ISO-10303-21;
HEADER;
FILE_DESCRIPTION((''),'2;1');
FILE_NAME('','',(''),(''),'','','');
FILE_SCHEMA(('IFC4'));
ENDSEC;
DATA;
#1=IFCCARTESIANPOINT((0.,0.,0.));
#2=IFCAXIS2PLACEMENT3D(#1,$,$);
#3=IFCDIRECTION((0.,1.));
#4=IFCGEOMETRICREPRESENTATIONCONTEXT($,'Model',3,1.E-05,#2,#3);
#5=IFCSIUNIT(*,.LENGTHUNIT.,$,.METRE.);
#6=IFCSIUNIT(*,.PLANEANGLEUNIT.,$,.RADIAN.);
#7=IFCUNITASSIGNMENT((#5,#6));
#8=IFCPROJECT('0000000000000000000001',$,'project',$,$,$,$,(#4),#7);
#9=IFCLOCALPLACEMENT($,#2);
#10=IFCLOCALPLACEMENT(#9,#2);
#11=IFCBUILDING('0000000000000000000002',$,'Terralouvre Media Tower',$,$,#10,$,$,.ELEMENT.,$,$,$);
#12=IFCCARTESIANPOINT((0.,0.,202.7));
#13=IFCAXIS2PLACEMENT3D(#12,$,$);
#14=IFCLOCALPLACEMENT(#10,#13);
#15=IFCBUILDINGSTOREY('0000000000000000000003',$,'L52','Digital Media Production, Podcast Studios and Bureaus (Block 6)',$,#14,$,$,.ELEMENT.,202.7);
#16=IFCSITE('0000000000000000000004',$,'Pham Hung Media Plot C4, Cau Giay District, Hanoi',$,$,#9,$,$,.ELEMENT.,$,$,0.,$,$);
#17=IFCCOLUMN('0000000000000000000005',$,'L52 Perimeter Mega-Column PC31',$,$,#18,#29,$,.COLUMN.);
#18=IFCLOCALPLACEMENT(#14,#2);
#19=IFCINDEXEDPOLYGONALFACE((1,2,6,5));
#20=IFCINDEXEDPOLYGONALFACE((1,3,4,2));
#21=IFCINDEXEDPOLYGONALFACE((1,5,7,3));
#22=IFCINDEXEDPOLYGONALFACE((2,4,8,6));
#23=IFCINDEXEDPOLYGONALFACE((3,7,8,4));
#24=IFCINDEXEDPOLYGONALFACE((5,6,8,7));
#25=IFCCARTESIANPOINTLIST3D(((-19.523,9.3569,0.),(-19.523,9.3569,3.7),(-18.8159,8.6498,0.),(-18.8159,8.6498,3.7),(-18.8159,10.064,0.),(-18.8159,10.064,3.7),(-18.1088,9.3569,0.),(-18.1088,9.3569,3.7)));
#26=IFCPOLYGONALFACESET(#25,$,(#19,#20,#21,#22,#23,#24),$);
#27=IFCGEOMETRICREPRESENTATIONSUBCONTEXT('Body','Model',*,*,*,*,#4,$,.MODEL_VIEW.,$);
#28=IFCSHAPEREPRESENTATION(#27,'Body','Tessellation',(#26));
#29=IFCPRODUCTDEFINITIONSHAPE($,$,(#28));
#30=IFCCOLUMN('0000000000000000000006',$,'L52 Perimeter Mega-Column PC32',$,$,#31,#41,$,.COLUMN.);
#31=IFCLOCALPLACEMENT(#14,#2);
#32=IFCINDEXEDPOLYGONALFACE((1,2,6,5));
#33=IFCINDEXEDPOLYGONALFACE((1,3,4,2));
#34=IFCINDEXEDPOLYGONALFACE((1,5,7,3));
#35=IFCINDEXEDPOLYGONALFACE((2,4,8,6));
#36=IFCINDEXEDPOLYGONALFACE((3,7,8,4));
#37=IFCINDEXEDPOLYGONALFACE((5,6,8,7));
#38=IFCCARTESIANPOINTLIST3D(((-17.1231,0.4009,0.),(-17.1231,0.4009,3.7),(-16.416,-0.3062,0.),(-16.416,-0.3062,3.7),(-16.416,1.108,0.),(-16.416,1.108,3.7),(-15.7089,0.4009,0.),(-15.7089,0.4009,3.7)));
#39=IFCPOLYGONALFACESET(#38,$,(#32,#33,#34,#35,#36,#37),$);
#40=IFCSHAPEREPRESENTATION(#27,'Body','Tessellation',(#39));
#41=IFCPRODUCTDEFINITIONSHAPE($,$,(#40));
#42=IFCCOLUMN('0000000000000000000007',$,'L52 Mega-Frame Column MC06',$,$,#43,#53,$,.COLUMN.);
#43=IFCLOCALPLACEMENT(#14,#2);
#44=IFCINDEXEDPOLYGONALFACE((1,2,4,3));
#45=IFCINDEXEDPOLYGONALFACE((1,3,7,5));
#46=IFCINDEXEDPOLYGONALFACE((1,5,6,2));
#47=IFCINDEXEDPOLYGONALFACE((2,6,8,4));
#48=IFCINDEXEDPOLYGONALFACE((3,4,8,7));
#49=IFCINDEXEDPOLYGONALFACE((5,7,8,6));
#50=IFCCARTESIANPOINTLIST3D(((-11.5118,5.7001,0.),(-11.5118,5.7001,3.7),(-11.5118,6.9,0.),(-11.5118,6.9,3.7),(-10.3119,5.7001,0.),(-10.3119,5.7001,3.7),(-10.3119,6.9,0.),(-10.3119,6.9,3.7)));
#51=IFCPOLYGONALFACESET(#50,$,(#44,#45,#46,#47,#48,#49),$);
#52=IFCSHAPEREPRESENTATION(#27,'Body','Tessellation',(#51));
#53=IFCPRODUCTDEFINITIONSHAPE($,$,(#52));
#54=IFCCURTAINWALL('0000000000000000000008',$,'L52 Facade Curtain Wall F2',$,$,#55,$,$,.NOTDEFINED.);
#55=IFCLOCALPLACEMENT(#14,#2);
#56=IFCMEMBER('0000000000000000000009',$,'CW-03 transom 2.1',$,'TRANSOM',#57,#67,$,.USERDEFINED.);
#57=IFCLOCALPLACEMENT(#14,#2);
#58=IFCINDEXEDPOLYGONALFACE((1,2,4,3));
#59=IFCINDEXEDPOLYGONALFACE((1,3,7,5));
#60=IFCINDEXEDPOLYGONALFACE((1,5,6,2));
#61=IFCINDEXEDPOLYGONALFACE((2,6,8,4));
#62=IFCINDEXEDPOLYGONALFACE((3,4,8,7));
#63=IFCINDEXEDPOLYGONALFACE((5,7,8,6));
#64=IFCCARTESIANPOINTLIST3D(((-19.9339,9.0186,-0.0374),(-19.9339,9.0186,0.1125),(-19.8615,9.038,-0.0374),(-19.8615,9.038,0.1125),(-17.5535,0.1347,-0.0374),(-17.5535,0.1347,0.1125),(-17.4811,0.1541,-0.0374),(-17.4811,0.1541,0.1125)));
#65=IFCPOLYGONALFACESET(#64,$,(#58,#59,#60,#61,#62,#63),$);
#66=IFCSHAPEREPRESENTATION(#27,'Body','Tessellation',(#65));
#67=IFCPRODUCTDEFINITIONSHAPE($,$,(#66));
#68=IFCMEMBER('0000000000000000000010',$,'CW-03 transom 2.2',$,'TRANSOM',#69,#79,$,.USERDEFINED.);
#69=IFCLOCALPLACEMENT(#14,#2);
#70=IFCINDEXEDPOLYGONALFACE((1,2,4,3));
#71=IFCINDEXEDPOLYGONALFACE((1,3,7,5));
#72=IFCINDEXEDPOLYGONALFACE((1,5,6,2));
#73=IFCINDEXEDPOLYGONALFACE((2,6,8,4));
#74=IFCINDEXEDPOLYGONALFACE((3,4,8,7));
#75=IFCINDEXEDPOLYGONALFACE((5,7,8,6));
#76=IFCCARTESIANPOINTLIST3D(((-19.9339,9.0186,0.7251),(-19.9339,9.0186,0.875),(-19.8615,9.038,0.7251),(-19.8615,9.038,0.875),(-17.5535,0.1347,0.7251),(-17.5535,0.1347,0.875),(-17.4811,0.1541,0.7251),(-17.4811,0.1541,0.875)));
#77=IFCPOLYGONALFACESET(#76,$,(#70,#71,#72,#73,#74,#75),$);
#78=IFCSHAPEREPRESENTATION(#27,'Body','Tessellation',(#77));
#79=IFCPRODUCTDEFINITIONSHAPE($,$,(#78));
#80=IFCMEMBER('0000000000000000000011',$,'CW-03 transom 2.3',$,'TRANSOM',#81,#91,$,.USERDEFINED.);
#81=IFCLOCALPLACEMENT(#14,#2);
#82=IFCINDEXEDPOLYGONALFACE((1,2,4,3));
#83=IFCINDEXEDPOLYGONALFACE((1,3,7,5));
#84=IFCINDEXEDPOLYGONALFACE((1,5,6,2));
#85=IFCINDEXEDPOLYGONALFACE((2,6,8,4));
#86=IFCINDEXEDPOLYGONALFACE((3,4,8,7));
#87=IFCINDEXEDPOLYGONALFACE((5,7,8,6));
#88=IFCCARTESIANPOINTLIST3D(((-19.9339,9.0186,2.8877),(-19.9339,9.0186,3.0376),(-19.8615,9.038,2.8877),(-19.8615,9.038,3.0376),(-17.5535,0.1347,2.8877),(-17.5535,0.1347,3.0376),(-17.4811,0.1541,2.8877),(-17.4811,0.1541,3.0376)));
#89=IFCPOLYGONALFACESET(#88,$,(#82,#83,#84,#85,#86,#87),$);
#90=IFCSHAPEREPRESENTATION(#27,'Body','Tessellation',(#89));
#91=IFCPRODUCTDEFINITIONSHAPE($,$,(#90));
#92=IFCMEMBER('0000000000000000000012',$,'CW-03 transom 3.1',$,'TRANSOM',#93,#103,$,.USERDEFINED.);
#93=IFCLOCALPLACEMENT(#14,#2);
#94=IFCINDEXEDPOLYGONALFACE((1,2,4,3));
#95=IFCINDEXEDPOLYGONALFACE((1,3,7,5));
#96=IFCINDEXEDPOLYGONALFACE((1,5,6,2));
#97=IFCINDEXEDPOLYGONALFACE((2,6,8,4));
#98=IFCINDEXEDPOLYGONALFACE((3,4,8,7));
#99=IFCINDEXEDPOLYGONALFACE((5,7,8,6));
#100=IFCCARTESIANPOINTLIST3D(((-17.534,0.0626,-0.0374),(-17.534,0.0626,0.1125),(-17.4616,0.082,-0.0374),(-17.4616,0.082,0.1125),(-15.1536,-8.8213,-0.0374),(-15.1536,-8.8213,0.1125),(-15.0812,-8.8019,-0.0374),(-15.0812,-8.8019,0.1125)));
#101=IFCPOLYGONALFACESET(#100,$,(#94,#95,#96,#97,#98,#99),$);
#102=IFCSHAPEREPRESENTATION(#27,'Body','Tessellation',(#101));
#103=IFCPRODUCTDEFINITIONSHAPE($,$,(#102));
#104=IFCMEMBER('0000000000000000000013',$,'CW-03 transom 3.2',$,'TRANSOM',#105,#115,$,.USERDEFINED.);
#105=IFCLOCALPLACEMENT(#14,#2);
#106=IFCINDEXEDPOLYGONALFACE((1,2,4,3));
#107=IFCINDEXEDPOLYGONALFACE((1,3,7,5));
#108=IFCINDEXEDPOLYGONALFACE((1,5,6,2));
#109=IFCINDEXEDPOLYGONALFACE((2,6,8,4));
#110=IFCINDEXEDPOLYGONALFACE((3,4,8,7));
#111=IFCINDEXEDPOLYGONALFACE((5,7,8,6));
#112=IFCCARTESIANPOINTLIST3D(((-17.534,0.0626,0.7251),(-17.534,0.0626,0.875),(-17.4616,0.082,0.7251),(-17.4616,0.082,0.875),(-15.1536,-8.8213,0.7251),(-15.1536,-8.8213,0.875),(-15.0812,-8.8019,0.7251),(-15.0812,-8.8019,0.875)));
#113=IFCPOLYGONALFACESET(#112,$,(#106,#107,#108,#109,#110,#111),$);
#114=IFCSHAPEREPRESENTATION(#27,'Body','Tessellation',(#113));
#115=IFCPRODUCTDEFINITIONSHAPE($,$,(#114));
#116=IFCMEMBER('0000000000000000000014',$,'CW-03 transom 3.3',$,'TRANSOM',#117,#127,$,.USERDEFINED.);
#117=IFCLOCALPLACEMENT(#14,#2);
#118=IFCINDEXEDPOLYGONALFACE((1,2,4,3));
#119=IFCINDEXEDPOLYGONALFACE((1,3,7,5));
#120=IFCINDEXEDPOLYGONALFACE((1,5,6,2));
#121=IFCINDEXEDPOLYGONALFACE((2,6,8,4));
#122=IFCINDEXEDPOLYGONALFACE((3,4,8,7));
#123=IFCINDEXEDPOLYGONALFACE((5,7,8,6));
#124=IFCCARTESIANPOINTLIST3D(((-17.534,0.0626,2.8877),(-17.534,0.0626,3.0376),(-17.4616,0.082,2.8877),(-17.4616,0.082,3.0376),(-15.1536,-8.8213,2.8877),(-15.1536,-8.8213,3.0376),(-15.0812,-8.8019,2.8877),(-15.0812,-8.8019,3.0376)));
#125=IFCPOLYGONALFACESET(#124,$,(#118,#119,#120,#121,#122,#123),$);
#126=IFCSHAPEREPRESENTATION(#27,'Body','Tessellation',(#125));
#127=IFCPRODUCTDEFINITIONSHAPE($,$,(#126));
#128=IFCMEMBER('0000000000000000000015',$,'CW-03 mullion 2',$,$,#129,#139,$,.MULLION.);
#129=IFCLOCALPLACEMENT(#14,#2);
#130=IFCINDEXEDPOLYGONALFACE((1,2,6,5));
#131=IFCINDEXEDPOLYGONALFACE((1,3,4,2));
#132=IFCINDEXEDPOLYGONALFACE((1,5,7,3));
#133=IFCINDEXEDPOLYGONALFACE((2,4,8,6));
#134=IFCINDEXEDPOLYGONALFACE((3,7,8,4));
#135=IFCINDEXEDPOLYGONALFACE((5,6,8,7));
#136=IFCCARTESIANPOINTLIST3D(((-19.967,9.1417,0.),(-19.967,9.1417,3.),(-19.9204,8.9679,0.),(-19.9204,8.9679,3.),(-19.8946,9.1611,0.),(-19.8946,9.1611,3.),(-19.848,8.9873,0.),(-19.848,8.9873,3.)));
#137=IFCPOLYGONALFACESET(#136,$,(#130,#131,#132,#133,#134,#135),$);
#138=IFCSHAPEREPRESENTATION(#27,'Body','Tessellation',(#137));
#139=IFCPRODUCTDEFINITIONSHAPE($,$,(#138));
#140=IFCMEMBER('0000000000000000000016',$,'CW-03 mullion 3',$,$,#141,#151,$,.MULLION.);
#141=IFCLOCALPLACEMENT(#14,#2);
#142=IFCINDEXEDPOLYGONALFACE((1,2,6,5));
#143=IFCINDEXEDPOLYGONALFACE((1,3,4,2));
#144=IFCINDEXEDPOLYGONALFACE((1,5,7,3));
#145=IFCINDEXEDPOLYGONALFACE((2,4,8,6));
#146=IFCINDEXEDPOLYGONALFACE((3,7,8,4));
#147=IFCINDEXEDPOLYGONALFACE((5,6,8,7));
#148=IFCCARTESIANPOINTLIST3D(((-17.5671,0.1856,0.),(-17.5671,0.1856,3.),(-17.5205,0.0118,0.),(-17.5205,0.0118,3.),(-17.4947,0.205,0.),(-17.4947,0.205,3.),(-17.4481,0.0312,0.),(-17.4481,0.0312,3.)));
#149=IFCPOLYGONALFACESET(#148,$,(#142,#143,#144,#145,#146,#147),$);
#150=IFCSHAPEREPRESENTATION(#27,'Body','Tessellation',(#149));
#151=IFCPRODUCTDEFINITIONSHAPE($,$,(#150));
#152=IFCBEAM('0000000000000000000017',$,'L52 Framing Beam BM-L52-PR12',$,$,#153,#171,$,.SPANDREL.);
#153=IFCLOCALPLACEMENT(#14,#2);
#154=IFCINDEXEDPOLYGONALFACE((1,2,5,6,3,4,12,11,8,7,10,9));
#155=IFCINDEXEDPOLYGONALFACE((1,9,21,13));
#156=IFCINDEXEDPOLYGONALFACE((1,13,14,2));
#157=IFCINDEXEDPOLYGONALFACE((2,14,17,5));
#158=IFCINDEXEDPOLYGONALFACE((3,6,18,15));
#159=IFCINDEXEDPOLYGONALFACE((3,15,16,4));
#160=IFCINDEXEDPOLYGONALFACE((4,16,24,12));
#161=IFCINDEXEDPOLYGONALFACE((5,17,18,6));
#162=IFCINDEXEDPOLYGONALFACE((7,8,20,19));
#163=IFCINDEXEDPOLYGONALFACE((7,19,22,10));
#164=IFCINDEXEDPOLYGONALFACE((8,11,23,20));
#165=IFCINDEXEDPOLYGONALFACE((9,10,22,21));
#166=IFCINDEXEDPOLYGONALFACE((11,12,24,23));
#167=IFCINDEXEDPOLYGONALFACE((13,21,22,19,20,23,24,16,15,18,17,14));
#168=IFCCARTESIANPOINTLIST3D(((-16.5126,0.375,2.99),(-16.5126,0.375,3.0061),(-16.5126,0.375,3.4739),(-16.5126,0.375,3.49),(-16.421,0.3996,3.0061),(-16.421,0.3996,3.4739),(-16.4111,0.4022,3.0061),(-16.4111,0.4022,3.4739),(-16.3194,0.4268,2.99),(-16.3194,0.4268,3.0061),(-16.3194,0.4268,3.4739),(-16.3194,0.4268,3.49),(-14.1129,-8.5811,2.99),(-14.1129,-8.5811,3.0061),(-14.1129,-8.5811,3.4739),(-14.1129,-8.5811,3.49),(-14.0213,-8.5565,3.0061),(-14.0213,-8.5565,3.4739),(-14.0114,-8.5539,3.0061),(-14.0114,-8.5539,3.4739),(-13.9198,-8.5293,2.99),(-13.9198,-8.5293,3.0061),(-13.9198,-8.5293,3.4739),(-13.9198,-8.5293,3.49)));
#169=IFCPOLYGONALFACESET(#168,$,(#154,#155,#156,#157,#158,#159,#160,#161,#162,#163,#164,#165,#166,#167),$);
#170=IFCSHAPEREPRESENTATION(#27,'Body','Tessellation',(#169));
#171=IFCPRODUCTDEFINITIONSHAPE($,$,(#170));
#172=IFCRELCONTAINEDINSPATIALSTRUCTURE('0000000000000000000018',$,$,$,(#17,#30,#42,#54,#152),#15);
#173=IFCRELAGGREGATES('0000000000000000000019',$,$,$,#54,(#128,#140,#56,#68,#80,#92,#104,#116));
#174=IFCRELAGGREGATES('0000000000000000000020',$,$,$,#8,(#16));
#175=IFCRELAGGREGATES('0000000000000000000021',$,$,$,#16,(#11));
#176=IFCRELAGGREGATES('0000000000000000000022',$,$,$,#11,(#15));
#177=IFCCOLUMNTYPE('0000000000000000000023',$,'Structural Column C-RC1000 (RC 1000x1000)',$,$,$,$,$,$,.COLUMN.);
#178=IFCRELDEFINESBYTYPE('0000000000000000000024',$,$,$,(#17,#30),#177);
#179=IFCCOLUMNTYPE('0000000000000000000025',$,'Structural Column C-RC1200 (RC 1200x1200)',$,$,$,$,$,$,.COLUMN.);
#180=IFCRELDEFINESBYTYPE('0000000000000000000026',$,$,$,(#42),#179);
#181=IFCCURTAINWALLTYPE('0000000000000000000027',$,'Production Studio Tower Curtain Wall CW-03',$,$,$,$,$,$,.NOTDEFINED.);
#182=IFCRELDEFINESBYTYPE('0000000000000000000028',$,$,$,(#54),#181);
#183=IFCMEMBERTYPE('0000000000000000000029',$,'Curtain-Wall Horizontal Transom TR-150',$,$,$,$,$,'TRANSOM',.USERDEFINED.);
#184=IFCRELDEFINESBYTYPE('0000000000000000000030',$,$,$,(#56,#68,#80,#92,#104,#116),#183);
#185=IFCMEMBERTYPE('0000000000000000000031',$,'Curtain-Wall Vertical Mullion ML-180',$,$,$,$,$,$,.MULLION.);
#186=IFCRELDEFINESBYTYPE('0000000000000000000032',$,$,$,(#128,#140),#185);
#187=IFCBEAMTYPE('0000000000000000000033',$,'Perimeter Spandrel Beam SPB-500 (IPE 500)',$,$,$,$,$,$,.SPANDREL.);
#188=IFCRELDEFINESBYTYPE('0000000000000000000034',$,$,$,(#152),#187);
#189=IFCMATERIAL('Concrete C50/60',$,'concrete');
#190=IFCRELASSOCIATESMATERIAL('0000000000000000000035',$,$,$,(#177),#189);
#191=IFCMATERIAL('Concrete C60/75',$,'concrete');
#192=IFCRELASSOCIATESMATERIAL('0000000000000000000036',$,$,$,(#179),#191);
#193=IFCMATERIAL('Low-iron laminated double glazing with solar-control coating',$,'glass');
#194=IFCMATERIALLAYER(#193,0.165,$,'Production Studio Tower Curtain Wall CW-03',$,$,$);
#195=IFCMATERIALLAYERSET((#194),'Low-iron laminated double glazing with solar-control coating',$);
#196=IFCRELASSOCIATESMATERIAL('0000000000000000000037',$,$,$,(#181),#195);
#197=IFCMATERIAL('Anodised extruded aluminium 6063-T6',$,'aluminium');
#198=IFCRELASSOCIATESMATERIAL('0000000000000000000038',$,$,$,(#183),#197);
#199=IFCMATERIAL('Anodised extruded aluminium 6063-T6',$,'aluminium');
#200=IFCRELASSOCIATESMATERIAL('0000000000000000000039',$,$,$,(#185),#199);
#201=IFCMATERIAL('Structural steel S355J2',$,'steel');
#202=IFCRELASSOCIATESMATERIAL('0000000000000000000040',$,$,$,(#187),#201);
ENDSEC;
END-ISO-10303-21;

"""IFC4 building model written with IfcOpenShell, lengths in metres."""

from ifc_helpers import new_model, si_unit, direction, frame, origin, origin_2d, place, context, subcontext, project, spatial, rectangle, i_section, extrude, material, layer, layer_set, material_profile, profile_set, type_object, element, aggregate, save


model = new_model("IFC4")

# Units and contexts
model_context = context("Model", 3, precision=1e-05, world=origin(), true_north=direction((0.0, 1.0)))
body_context = subcontext(model_context, "Body", "Model", "MODEL_VIEW")
ifc_project = project(units=[si_unit("LENGTHUNIT", "METRE"), si_unit("PLANEANGLEUNIT", "RADIAN")], contexts=[model_context])

# Site, building, storey
site_placement = place(None, origin())
site = spatial("IfcSite", under=ifc_project, at=site_placement, Name="Pham Hung Media Plot C4, Cau Giay District, Hanoi", CompositionType="ELEMENT", RefElevation=0.0)
building_placement = place(site_placement, origin())
building = spatial("IfcBuilding", under=site, at=building_placement, Name="Terralouvre Media Tower", CompositionType="ELEMENT")
storey_placement = place(building_placement, frame((0.0, 0.0, 202.7)))
storey = spatial("IfcBuildingStorey", under=building, at=storey_placement, Name="L52", Description="Digital Media Production, Podcast Studios and Bureaus (Block 6)", CompositionType="ELEMENT", Elevation=202.7)

# Columns
ifc_material_1 = material(Name="Concrete C50/60", Category="concrete")
ifc_material_profile_1 = material_profile(ifc_material_1, rectangle(XDim=1.0, YDim=1.0, at=origin_2d()), Name="RC 1000x1000")
ifc_profile_set_1 = profile_set([ifc_material_profile_1], Name="Concrete C50/60")
column_type_1 = type_object("IfcColumnType", Name="Structural Column C-RC1000 (RC 1000x1000)", PredefinedType="COLUMN", material=ifc_profile_set_1)
for number, where, z_axis, x_axis, name in (
    (1, (-18.8159, 9.3569, 0.0), (0.0, 0.0, 1.0), (0.707107, 0.707107, 0.0), "L52 Perimeter Mega-Column PC31"),
    (2, (-16.416, 0.4009, 0.0), (0.0, 0.0, 1.0), (0.707107, 0.707107, 0.0), "L52 Perimeter Mega-Column PC32"),
):
    element("IfcColumn", number, at=place(storey_placement, frame(where, z_axis=z_axis, x_axis=x_axis)), inside=storey, type_object=column_type_1, Name=name, PredefinedType="COLUMN", context=body_context, shape_type="SweptSolid", body=[
        extrude(rectangle(XDim=1.0, YDim=1.0, at=origin_2d()), origin(), (0.0, 0.0, 1.0), 3.7),
    ])
ifc_material_2 = material(Name="Concrete C60/75", Category="concrete")
ifc_material_profile_2 = material_profile(ifc_material_2, rectangle(XDim=1.2, YDim=1.2, at=origin_2d()), Name="RC 1200x1200")
ifc_profile_set_2 = profile_set([ifc_material_profile_2], Name="Concrete C60/75")
column_type_2 = type_object("IfcColumnType", Name="Structural Column C-RC1200 (RC 1200x1200)", PredefinedType="COLUMN", material=ifc_profile_set_2)
column_placement = place(storey_placement, frame((-10.9119, 6.3, 0.0), z_axis=(0.0, 0.0, 1.0), x_axis=(1.0, 0.0, 0.0)))
element("IfcColumn", 3, at=column_placement, inside=storey, type_object=column_type_2, Name="L52 Mega-Frame Column MC06", PredefinedType="COLUMN", context=body_context, shape_type="SweptSolid", body=[
    extrude(rectangle(XDim=1.2, YDim=1.2, at=origin_2d()), origin(), (0.0, 0.0, 1.0), 3.7),
])

# Curtain wall, members
ifc_material_3 = material(Name="Low-iron laminated double glazing with solar-control coating", Category="glass")
ifc_layer_1 = layer(ifc_material_3, 0.165, Name="Production Studio Tower Curtain Wall CW-03")
ifc_layer_set_1 = layer_set([ifc_layer_1], Name="Low-iron laminated double glazing with solar-control coating")
curtain_wall_type = type_object("IfcCurtainWallType", Name="Production Studio Tower Curtain Wall CW-03", PredefinedType="NOTDEFINED", material=ifc_layer_set_1)
curtain_wall_placement = place(storey_placement, origin())
curtain_wall = element("IfcCurtainWall", 4, at=curtain_wall_placement, inside=storey, type_object=curtain_wall_type, Name="L52 Facade Curtain Wall F2", PredefinedType="NOTDEFINED")
ifc_material_4 = material(Name="Anodised extruded aluminium 6063-T6", Category="aluminium")
ifc_material_profile_3 = material_profile(ifc_material_4, rectangle(XDim=0.075, YDim=0.1499, at=origin_2d()), Name="ALU 75x150")
ifc_profile_set_3 = profile_set([ifc_material_profile_3], Name="Anodised extruded aluminium 6063-T6")
member_type_1 = type_object("IfcMemberType", Name="Curtain-Wall Horizontal Transom TR-150", ElementType="TRANSOM", PredefinedType="USERDEFINED", material=ifc_profile_set_3)
member_1_placement = place(storey_placement, frame((-19.8977, 9.0283, 0.0376), z_axis=(0.258816, -0.965927, 0.0), x_axis=(0.965927, 0.258816, 0.0)))
member_1 = element("IfcMember", 5, at=member_1_placement, type_object=member_type_1, Name="CW-03 transom 2.1", ObjectType="TRANSOM", PredefinedType="USERDEFINED", context=body_context, shape_type="SweptSolid", body=[
    extrude(rectangle(XDim=0.075, YDim=0.1499, at=origin_2d()), origin(), (0.0, 0.0, 1.0), 9.1973),
])
member_2_placement = place(storey_placement, frame((-19.8977, 9.0283, 0.8), z_axis=(0.258816, -0.965927, 0.0), x_axis=(0.965927, 0.258816, 0.0)))
member_2 = element("IfcMember", 6, at=member_2_placement, type_object=member_type_1, Name="CW-03 transom 2.2", ObjectType="TRANSOM", PredefinedType="USERDEFINED", context=body_context, shape_type="SweptSolid", body=[
    extrude(rectangle(XDim=0.075, YDim=0.1499, at=origin_2d()), origin(), (0.0, 0.0, 1.0), 9.1973),
])
member_3_placement = place(storey_placement, frame((-19.8977, 9.0283, 2.9626), z_axis=(0.258816, -0.965927, 0.0), x_axis=(0.965927, 0.258816, 0.0)))
member_3 = element("IfcMember", 7, at=member_3_placement, type_object=member_type_1, Name="CW-03 transom 2.3", ObjectType="TRANSOM", PredefinedType="USERDEFINED", context=body_context, shape_type="SweptSolid", body=[
    extrude(rectangle(XDim=0.075, YDim=0.1499, at=origin_2d()), origin(), (0.0, 0.0, 1.0), 9.1973),
])
member_4_placement = place(storey_placement, frame((-17.4978, 0.0723, 0.0376), z_axis=(0.258816, -0.965927, 0.0), x_axis=(0.965927, 0.258816, 0.0)))
member_4 = element("IfcMember", 8, at=member_4_placement, type_object=member_type_1, Name="CW-03 transom 3.1", ObjectType="TRANSOM", PredefinedType="USERDEFINED", context=body_context, shape_type="SweptSolid", body=[
    extrude(rectangle(XDim=0.075, YDim=0.1499, at=origin_2d()), origin(), (0.0, 0.0, 1.0), 9.1973),
])
member_5_placement = place(storey_placement, frame((-17.4978, 0.0723, 0.8), z_axis=(0.258816, -0.965927, 0.0), x_axis=(0.965927, 0.258816, 0.0)))
member_5 = element("IfcMember", 9, at=member_5_placement, type_object=member_type_1, Name="CW-03 transom 3.2", ObjectType="TRANSOM", PredefinedType="USERDEFINED", context=body_context, shape_type="SweptSolid", body=[
    extrude(rectangle(XDim=0.075, YDim=0.1499, at=origin_2d()), origin(), (0.0, 0.0, 1.0), 9.1973),
])
member_6_placement = place(storey_placement, frame((-17.4978, 0.0723, 2.9626), z_axis=(0.258816, -0.965927, 0.0), x_axis=(0.965927, 0.258816, 0.0)))
member_6 = element("IfcMember", 10, at=member_6_placement, type_object=member_type_1, Name="CW-03 transom 3.3", ObjectType="TRANSOM", PredefinedType="USERDEFINED", context=body_context, shape_type="SweptSolid", body=[
    extrude(rectangle(XDim=0.075, YDim=0.1499, at=origin_2d()), origin(), (0.0, 0.0, 1.0), 9.1973),
])
ifc_material_5 = material(Name="Anodised extruded aluminium 6063-T6", Category="aluminium")
ifc_material_profile_4 = material_profile(ifc_material_5, rectangle(XDim=0.075, YDim=0.1799, at=origin_2d()), Name="ALU 75x180")
ifc_profile_set_4 = profile_set([ifc_material_profile_4], Name="Anodised extruded aluminium 6063-T6")
member_type_2 = type_object("IfcMemberType", Name="Curtain-Wall Vertical Mullion ML-180", PredefinedType="MULLION", material=ifc_profile_set_4)
member_7_placement = place(storey_placement, frame((-19.9075, 9.0645, 0.0), z_axis=(0.0, 0.0, 1.0), x_axis=(0.965926, 0.258819, 0.0)))
member_7 = element("IfcMember", 11, at=member_7_placement, type_object=member_type_2, Name="CW-03 mullion 2", PredefinedType="MULLION", context=body_context, shape_type="SweptSolid", body=[
    extrude(rectangle(XDim=0.075, YDim=0.1799, at=origin_2d()), origin(), (0.0, 0.0, 1.0), 3.0),
])
member_8_placement = place(storey_placement, frame((-17.5076, 0.1084, 0.0), z_axis=(0.0, 0.0, 1.0), x_axis=(0.965926, 0.258819, 0.0)))
member_8 = element("IfcMember", 12, at=member_8_placement, type_object=member_type_2, Name="CW-03 mullion 3", PredefinedType="MULLION", context=body_context, shape_type="SweptSolid", body=[
    extrude(rectangle(XDim=0.075, YDim=0.1799, at=origin_2d()), origin(), (0.0, 0.0, 1.0), 3.0),
])

# Beam
ifc_material_6 = material(Name="Structural steel S355J2", Category="steel")
ifc_material_profile_5 = material_profile(ifc_material_6, i_section(OverallWidth=0.2, OverallDepth=0.5, WebThickness=0.0103, FlangeThickness=0.0161, at=origin_2d()), Name="IPE 500")
ifc_profile_set_5 = profile_set([ifc_material_profile_5], Name="Structural steel S355J2")
beam_type_1 = type_object("IfcBeamType", Name="Perimeter Spandrel Beam SPB-500 (IPE 500)", PredefinedType="SPANDREL", material=ifc_profile_set_5)
beam_1_placement = place(storey_placement, frame((-16.416, 0.4009, 3.24), z_axis=(0.258808, -0.965929, 0.0), x_axis=(0.965929, 0.258808, 0.0)))
element("IfcBeam", 13, at=beam_1_placement, inside=storey, type_object=beam_type_1, Name="L52 Framing Beam BM-L52-PR12", PredefinedType="SPANDREL", context=body_context, shape_type="SweptSolid", body=[
    extrude(i_section(OverallWidth=0.2, OverallDepth=0.5, WebThickness=0.0103, FlangeThickness=0.0161, at=origin_2d()), origin(), (0.0, 0.0, 1.0), 9.272),
])

aggregate(curtain_wall, [member_7, member_8, member_1, member_2, member_3, member_4, member_5, member_6])

save(model, "model.ifc")
